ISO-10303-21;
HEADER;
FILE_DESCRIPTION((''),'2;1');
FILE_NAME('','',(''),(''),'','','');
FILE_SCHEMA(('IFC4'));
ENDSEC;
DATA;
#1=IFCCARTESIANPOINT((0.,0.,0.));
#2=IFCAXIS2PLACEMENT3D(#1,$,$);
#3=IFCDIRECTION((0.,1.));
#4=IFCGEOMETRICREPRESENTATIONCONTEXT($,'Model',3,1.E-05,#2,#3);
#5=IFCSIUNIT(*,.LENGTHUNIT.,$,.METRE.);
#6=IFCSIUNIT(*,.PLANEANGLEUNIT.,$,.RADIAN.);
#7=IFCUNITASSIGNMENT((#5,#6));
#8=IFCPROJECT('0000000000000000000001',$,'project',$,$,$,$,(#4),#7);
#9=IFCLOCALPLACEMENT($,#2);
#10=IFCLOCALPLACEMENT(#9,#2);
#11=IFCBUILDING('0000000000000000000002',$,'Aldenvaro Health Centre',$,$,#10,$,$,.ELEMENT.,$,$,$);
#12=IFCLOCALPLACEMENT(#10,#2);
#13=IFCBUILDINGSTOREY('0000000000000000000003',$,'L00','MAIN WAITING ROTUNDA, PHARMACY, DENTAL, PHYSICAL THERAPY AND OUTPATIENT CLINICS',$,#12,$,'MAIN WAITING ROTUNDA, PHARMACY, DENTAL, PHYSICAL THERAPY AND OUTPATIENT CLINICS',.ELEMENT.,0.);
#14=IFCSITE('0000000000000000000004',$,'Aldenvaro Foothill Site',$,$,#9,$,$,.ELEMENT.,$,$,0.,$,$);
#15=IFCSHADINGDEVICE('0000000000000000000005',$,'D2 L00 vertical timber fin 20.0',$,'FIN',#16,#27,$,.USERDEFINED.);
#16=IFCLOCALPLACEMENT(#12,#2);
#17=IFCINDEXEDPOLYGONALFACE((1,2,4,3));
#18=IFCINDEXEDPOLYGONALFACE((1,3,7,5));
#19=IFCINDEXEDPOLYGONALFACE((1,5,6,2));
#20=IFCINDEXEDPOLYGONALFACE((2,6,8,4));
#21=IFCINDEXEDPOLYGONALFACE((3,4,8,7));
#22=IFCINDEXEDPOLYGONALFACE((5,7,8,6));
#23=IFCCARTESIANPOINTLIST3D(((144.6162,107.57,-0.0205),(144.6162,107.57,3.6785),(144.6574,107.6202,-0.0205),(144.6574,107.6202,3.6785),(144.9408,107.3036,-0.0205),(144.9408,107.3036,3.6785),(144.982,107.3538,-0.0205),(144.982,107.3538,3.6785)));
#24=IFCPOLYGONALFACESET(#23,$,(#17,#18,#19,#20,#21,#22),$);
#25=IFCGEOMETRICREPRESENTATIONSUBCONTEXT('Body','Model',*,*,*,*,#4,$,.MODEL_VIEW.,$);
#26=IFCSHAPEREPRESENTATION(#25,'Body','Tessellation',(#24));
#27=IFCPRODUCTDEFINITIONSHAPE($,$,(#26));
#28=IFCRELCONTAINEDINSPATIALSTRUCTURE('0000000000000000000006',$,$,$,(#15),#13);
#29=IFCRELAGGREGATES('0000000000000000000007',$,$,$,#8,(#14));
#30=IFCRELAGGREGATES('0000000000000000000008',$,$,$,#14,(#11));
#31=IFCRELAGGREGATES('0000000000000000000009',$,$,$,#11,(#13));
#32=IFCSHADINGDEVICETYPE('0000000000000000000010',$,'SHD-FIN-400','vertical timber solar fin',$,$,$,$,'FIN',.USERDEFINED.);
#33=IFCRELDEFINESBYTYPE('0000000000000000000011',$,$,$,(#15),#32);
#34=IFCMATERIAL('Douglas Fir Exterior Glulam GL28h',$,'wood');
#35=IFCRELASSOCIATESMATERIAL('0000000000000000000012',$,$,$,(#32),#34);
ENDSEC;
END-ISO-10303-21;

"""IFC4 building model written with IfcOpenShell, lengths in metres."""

from ifc_helpers import new_model, si_unit, direction, frame, origin, origin_2d, place, context, subcontext, project, spatial, rectangle, extrude, material, type_object, element, save


model = new_model("IFC4")

# Units and contexts
model_context = context("Model", 3, precision=1e-05, world=origin(), true_north=direction((0.0, 1.0)))
body_context = subcontext(model_context, "Body", "Model", "MODEL_VIEW")
ifc_project = project(units=[si_unit("LENGTHUNIT", "METRE"), si_unit("PLANEANGLEUNIT", "RADIAN")], contexts=[model_context])

# Site, building, storey
site_placement = place(None, origin())
site = spatial("IfcSite", under=ifc_project, at=site_placement, Name="Aldenvaro Foothill Site", CompositionType="ELEMENT", RefElevation=0.0)
building_placement = place(site_placement, origin())
building = spatial("IfcBuilding", under=site, at=building_placement, Name="Aldenvaro Health Centre", CompositionType="ELEMENT")
storey_placement = place(building_placement, origin())
storey = spatial("IfcBuildingStorey", under=building, at=storey_placement, Name="L00", Description="MAIN WAITING ROTUNDA, PHARMACY, DENTAL, PHYSICAL THERAPY AND OUTPATIENT CLINICS", LongName="MAIN WAITING ROTUNDA, PHARMACY, DENTAL, PHYSICAL THERAPY AND OUTPATIENT CLINICS", CompositionType="ELEMENT", Elevation=0.0)

# Shading device
ifc_material_1 = material(Name="Douglas Fir Exterior Glulam GL28h", Category="wood")
shading_device_type_1 = type_object("IfcShadingDeviceType", Name="SHD-FIN-400", Description="vertical timber solar fin", ElementType="FIN", PredefinedType="USERDEFINED", material=ifc_material_1)
shading_device_1_placement = place(storey_placement, frame((144.7991, 107.4619, -0.0205), z_axis=(0.0, 0.0, 1.0), x_axis=(0.63438, 0.773022, 0.0)))
element("IfcShadingDevice", 1, at=shading_device_1_placement, inside=storey, type_object=shading_device_type_1, Name="D2 L00 vertical timber fin 20.0", ObjectType="FIN", PredefinedType="USERDEFINED", context=body_context, shape_type="SweptSolid", body=[
    extrude(rectangle(XDim=0.0649, YDim=0.4199, at=origin_2d()), origin(), (0.0, 0.0, 1.0), 3.699),
])

save(model, "model.ifc")
